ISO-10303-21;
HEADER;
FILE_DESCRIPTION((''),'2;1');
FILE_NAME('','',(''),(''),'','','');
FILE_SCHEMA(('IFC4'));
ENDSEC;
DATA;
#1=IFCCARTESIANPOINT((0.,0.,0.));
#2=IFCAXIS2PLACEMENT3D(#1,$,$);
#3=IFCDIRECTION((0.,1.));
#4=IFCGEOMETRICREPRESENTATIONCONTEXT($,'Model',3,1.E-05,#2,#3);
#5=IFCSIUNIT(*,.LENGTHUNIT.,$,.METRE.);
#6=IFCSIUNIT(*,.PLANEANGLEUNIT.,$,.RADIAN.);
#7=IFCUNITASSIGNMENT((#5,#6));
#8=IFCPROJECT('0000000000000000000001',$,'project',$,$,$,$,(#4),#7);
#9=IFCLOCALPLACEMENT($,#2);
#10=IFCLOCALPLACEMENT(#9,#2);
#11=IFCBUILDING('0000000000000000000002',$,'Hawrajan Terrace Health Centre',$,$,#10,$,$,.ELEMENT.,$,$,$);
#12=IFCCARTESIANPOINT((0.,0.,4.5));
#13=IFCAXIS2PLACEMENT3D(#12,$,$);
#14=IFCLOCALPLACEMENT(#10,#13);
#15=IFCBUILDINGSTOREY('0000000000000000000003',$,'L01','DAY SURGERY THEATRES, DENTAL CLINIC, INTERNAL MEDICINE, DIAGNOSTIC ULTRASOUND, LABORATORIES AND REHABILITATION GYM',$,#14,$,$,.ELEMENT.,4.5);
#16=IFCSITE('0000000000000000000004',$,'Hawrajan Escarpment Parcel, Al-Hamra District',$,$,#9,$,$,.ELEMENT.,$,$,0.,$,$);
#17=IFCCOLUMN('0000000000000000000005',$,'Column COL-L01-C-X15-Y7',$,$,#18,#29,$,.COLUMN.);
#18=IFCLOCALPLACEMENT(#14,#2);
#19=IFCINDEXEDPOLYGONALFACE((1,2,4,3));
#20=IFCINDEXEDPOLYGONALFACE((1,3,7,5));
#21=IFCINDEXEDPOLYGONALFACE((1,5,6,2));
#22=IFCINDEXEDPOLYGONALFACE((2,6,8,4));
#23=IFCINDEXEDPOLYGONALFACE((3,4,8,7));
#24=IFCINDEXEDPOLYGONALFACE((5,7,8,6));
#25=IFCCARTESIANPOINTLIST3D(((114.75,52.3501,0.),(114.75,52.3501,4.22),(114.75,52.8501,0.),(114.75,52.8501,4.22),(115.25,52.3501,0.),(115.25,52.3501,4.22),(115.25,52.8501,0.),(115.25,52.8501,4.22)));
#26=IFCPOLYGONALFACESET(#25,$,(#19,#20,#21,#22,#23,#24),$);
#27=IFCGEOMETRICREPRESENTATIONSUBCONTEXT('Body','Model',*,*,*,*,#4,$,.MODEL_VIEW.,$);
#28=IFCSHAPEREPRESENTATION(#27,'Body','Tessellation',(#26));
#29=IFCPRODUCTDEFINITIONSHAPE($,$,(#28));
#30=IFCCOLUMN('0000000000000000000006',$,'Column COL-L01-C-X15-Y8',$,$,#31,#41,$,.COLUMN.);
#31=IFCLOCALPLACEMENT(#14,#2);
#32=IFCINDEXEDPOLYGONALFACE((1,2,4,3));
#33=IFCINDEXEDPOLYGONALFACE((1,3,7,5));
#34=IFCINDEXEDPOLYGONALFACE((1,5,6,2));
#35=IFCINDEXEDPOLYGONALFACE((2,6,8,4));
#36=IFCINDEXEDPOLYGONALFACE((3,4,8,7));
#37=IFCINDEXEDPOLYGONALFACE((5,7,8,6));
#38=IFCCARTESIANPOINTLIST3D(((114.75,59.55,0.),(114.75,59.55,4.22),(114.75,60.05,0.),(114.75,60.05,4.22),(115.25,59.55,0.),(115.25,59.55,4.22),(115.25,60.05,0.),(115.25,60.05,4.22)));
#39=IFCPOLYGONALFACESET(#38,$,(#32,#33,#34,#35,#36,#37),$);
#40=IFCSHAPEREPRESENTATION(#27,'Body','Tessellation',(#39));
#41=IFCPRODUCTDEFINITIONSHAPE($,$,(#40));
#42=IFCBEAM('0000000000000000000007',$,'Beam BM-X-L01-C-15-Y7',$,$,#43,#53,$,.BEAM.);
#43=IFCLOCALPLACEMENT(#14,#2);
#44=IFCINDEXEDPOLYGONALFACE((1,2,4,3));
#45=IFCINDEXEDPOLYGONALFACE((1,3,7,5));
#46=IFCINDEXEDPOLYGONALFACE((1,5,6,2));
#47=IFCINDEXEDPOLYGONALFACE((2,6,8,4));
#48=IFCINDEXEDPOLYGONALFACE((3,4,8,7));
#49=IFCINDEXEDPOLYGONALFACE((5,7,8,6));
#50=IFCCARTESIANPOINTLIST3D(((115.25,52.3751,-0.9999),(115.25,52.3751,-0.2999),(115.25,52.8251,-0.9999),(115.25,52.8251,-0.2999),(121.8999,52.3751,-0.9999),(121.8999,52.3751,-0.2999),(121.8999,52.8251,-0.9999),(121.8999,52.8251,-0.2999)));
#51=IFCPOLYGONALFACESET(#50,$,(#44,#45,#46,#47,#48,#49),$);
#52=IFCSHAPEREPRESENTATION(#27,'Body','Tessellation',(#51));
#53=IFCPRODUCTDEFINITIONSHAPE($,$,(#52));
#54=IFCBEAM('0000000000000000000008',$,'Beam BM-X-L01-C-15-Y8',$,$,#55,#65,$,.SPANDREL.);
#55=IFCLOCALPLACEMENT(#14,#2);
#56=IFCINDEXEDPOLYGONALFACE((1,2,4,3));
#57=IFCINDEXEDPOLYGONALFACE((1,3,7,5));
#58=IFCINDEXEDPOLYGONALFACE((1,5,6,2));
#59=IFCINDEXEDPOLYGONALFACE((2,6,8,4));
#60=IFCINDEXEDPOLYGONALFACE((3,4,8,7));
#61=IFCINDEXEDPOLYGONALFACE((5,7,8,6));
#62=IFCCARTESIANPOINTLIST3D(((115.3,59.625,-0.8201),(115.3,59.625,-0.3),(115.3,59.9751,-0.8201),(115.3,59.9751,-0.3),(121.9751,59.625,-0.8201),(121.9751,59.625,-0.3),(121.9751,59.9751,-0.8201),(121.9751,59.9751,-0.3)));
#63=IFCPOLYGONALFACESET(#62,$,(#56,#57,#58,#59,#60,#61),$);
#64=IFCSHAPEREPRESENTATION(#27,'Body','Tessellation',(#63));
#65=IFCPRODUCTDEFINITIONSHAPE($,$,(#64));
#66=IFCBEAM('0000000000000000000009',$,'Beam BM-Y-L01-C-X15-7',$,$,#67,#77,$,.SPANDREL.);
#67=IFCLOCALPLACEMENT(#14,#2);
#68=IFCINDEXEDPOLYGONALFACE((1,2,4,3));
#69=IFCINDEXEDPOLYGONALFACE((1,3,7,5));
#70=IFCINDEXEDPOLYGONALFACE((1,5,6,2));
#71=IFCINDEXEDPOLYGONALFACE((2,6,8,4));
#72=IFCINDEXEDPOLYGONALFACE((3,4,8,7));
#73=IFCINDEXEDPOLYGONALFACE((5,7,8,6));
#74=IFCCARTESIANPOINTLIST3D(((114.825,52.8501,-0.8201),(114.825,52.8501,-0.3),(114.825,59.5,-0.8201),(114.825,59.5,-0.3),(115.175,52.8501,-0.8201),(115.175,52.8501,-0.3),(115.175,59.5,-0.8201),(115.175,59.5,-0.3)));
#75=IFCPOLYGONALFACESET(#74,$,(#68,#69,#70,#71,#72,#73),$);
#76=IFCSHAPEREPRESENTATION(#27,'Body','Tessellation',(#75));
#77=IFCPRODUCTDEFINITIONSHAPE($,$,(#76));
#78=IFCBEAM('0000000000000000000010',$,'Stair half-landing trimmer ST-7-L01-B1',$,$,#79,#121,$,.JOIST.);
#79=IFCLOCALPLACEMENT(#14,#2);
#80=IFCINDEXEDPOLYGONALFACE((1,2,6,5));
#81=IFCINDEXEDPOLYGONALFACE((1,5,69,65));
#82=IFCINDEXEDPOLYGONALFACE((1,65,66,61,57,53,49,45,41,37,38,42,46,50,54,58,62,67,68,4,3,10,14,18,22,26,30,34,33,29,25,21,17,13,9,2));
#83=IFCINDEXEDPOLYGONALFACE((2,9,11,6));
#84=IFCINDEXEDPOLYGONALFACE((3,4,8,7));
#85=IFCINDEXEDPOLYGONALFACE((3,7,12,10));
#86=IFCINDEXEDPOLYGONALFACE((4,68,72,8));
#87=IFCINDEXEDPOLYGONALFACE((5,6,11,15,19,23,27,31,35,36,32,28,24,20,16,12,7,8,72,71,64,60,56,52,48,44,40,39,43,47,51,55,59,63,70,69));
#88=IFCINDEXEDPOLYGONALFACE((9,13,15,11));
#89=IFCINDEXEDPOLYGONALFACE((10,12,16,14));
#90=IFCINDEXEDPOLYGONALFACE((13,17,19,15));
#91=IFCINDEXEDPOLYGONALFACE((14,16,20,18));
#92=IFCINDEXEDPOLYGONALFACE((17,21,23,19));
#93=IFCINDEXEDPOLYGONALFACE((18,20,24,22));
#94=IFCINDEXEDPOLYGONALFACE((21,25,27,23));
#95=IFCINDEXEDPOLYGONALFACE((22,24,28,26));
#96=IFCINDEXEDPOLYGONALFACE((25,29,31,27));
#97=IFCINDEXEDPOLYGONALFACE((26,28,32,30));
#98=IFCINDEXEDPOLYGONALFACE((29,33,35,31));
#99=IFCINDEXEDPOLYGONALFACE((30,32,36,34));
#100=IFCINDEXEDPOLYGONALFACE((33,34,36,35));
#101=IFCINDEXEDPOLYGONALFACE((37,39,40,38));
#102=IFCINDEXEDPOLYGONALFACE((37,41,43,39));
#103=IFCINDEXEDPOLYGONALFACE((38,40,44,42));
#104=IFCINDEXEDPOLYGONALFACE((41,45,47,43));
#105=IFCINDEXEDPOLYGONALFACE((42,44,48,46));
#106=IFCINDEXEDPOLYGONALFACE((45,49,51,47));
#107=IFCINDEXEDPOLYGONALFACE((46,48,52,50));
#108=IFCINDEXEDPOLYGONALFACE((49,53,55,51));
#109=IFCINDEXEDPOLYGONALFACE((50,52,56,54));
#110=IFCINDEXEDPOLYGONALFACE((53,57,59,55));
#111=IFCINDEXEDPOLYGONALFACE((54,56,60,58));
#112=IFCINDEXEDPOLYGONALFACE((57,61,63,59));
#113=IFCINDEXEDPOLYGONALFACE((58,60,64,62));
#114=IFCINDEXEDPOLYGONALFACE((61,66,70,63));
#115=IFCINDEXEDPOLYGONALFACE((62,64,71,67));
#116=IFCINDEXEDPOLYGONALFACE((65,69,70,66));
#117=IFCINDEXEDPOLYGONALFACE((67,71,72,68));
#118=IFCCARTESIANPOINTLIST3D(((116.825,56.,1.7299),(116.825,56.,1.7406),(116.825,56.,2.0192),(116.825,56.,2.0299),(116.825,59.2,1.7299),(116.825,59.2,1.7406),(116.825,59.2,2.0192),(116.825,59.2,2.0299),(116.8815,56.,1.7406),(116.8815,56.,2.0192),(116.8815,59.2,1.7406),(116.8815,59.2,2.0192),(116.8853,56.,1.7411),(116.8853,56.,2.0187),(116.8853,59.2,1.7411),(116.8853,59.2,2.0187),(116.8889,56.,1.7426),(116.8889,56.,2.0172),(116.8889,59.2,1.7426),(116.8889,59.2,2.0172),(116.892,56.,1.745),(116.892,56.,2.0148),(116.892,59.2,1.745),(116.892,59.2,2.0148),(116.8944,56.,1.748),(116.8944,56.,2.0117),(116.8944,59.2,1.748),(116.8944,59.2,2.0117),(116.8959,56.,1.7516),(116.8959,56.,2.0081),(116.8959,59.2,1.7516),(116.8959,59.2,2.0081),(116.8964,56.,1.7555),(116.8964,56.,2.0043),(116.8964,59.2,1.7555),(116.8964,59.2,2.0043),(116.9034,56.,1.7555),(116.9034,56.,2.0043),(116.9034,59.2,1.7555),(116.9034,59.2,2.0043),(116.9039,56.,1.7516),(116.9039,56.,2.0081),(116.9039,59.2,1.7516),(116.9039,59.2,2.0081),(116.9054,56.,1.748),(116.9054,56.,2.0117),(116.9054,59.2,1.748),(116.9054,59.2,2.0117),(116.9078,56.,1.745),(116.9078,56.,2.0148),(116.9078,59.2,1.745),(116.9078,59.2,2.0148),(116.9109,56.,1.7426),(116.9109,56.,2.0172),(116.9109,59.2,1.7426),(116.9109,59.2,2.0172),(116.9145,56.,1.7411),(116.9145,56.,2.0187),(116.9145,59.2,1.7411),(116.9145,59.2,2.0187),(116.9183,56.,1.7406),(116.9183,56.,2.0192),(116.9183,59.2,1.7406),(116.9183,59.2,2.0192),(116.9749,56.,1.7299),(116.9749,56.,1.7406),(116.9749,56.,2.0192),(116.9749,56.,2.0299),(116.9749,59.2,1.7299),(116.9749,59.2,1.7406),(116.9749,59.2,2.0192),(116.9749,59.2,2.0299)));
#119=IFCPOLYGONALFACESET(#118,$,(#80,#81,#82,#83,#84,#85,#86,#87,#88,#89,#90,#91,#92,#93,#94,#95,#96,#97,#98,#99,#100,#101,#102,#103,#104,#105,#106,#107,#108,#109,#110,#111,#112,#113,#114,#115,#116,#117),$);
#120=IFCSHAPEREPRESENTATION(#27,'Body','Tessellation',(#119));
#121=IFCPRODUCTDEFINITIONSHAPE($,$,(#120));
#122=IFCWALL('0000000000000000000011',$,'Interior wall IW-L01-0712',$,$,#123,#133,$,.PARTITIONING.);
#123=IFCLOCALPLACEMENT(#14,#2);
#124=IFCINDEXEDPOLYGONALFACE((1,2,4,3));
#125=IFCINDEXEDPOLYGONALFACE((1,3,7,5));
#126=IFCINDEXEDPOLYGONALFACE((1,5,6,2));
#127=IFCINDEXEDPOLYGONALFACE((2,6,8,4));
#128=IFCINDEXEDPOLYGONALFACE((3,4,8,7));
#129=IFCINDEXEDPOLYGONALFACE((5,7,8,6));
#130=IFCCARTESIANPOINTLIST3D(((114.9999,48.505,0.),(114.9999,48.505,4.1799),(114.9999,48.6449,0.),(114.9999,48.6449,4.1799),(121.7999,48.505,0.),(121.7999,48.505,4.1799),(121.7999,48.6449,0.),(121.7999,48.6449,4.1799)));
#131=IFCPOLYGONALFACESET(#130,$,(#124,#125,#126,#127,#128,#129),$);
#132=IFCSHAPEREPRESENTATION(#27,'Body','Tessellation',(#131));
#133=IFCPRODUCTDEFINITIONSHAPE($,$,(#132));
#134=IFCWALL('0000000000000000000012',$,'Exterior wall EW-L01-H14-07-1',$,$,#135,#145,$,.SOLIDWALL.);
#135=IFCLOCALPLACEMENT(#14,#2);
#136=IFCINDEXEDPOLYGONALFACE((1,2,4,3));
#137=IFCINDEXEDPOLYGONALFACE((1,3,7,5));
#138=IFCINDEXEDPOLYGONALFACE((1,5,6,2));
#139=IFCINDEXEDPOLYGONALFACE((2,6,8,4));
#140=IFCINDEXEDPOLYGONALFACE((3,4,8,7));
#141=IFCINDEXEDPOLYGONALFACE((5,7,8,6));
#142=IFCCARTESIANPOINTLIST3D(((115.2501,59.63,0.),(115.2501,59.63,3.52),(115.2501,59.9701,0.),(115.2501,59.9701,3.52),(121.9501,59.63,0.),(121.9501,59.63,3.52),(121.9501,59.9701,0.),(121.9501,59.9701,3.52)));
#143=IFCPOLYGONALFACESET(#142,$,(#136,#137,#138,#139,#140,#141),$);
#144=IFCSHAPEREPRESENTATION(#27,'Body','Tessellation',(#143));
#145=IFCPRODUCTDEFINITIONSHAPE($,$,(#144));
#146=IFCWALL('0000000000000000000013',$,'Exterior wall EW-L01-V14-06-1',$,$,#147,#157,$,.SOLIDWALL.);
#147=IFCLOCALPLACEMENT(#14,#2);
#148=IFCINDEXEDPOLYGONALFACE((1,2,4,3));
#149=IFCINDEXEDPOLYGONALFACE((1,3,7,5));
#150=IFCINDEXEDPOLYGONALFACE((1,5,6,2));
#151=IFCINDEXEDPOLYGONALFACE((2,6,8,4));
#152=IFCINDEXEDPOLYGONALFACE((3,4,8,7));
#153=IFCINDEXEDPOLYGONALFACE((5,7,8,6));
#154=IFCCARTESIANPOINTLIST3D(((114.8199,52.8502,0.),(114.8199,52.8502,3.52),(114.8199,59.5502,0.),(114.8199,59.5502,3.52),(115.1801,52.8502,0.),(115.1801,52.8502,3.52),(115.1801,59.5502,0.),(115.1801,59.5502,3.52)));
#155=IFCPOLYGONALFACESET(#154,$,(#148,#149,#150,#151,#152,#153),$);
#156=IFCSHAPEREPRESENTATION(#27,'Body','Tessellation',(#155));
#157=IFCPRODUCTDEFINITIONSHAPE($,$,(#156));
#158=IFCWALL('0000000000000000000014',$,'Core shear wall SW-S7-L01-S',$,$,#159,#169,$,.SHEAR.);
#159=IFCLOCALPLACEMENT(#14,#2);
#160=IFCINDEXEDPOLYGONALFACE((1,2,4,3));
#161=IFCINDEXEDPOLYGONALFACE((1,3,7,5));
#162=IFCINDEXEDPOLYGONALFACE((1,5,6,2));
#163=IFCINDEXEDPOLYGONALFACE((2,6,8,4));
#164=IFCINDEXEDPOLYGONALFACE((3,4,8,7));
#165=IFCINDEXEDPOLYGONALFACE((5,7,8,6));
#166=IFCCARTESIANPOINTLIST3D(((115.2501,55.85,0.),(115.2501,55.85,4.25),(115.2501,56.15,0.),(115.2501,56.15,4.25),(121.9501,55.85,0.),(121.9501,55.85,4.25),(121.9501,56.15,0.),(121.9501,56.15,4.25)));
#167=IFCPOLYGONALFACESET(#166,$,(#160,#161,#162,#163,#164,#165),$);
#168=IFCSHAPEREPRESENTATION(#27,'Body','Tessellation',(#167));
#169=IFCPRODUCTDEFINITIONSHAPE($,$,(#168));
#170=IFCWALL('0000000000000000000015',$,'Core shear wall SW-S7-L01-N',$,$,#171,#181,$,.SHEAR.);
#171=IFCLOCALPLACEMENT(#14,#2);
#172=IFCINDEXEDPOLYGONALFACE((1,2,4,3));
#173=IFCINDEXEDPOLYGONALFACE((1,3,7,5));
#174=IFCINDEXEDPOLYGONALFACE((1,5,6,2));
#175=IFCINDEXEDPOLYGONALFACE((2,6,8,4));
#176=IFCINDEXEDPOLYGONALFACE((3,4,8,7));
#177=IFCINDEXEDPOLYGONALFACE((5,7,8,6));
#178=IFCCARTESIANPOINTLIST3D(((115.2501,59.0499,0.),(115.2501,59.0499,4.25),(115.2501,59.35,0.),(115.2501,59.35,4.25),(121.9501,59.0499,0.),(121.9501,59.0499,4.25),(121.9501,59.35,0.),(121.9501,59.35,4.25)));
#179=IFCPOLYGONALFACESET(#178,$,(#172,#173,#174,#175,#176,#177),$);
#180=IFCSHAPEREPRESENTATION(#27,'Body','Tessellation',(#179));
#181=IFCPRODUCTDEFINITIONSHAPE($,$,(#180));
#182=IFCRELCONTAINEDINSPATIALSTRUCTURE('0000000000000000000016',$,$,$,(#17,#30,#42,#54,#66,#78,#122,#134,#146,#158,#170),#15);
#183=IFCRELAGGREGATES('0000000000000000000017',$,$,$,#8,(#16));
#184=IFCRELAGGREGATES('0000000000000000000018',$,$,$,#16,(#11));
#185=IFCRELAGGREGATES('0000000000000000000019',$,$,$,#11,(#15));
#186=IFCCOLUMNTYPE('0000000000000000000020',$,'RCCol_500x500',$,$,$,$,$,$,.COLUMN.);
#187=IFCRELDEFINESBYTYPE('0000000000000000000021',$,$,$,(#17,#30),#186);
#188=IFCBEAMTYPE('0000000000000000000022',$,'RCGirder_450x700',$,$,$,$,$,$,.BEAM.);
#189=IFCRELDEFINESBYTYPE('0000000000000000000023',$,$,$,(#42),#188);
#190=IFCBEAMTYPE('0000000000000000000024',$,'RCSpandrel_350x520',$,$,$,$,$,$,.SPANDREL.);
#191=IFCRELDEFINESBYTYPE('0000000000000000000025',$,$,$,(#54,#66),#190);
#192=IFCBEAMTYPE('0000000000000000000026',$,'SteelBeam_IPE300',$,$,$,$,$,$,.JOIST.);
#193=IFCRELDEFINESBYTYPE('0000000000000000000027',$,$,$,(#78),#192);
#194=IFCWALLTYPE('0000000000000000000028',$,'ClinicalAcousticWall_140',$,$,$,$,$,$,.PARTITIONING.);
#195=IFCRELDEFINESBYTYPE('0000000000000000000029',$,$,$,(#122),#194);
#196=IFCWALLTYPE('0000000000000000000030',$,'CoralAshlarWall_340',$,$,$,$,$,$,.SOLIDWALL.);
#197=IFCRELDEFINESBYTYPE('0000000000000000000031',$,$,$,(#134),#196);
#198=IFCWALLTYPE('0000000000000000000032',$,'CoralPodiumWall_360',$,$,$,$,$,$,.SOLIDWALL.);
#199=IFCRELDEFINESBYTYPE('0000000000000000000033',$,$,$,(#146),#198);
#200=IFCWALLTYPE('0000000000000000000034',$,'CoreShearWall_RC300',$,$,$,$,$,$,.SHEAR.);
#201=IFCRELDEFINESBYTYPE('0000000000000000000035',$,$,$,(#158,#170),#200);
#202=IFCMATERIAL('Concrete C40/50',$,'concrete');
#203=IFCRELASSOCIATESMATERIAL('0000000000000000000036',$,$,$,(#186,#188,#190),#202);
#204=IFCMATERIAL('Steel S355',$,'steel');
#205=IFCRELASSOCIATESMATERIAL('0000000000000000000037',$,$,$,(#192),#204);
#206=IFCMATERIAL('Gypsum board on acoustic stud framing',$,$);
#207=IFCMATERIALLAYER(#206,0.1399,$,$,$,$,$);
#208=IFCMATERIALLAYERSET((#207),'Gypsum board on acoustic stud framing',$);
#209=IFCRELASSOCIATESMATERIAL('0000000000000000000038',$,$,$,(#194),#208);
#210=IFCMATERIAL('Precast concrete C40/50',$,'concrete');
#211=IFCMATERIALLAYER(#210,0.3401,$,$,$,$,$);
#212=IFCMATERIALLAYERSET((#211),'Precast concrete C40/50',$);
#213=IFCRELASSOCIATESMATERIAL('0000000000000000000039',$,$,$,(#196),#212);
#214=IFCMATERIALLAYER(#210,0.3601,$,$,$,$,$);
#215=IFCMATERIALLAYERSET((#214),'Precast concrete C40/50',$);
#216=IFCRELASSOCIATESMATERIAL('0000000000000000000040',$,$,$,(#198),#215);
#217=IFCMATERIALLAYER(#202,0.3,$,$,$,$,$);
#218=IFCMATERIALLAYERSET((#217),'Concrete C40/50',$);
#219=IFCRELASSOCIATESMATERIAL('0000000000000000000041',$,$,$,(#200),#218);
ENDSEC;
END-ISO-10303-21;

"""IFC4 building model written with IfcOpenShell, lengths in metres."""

from ifc_helpers import new_model, si_unit, direction, frame, frame_2d, origin, origin_2d, place, context, subcontext, project, spatial, rectangle, i_section, extrude, material, layer, layer_set, material_profile, profile_set, type_object, element, save


model = new_model("IFC4")

# Units and contexts
model_context = context("Model", 3, precision=1e-05, world=origin(), true_north=direction((0.0, 1.0)))
body_context = subcontext(model_context, "Body", "Model", "MODEL_VIEW")
ifc_project = project(units=[si_unit("LENGTHUNIT", "METRE"), si_unit("PLANEANGLEUNIT", "RADIAN")], contexts=[model_context])

# Site, building, storey
site_placement = place(None, origin())
site = spatial("IfcSite", under=ifc_project, at=site_placement, Name="Hawrajan Escarpment Parcel, Al-Hamra District", CompositionType="ELEMENT", RefElevation=0.0)
building_placement = place(site_placement, origin())
building = spatial("IfcBuilding", under=site, at=building_placement, Name="Hawrajan Terrace Health Centre", CompositionType="ELEMENT")
storey_placement = place(building_placement, frame((0.0, 0.0, 4.5)))
storey = spatial("IfcBuildingStorey", under=building, at=storey_placement, Name="L01", Description="DAY SURGERY THEATRES, DENTAL CLINIC, INTERNAL MEDICINE, DIAGNOSTIC ULTRASOUND, LABORATORIES AND REHABILITATION GYM", CompositionType="ELEMENT", Elevation=4.5)

# Columns
ifc_material_1 = material(Name="Concrete C40/50", Category="concrete")
ifc_material_profile_1 = material_profile(ifc_material_1, rectangle(XDim=0.5, YDim=0.5, at=origin_2d()), Name="RC 500x500")
ifc_profile_set_1 = profile_set([ifc_material_profile_1], Name="Concrete C40/50")
column_type = type_object("IfcColumnType", Name="RCCol_500x500", PredefinedType="COLUMN", material=ifc_profile_set_1)
for number, where, z_axis, x_axis, name in (
    (1, (115.0, 52.6001, 0.0), (0.0, 0.0, 1.0), (1.0, 0.0, 0.0), "Column COL-L01-C-X15-Y7"),
    (2, (115.0, 59.8, 0.0), (0.0, 0.0, 1.0), (1.0, 0.0, 0.0), "Column COL-L01-C-X15-Y8"),
):
    element("IfcColumn", number, at=place(storey_placement, frame(where, z_axis=z_axis, x_axis=x_axis)), inside=storey, type_object=column_type, Name=name, PredefinedType="COLUMN", context=body_context, shape_type="SweptSolid", body=[
        extrude(rectangle(XDim=0.5, YDim=0.5, at=origin_2d()), origin(), (0.0, 0.0, 1.0), 4.22),
    ])

# Beams
ifc_material_profile_2 = material_profile(ifc_material_1, rectangle(XDim=0.45, YDim=0.7, at=origin_2d()), Name="RC BM 450x700")
ifc_profile_set_2 = profile_set([ifc_material_profile_2], Name="Concrete C40/50")
beam_type_1 = type_object("IfcBeamType", Name="RCGirder_450x700", PredefinedType="BEAM", material=ifc_profile_set_2)
beam_1_placement = place(storey_placement, frame((115.25, 52.6001, -0.6499), z_axis=(1.0, 0.0, 0.0), x_axis=(0.0, 1.0, 0.0)))
element("IfcBeam", 3, at=beam_1_placement, inside=storey, type_object=beam_type_1, Name="Beam BM-X-L01-C-15-Y7", PredefinedType="BEAM", context=body_context, shape_type="SweptSolid", body=[
    extrude(rectangle(XDim=0.45, YDim=0.7, at=origin_2d()), origin(), (0.0, 0.0, 1.0), 6.6499),
])
ifc_material_profile_3 = material_profile(ifc_material_1, rectangle(XDim=0.3501, YDim=0.52, at=origin_2d()), Name="RC SP 350x520")
ifc_profile_set_3 = profile_set([ifc_material_profile_3], Name="Concrete C40/50")
beam_type_2 = type_object("IfcBeamType", Name="RCSpandrel_350x520", PredefinedType="SPANDREL", material=ifc_profile_set_3)
beam_2_placement = place(storey_placement, frame((115.3, 59.8, -0.5601), z_axis=(1.0, 0.0, 0.0), x_axis=(0.0, 1.0, 0.0)))
element("IfcBeam", 4, at=beam_2_placement, inside=storey, type_object=beam_type_2, Name="Beam BM-X-L01-C-15-Y8", PredefinedType="SPANDREL", context=body_context, shape_type="SweptSolid", body=[
    extrude(rectangle(XDim=0.3501, YDim=0.52, at=origin_2d()), origin(), (0.0, 0.0, 1.0), 6.675),
])
beam_3_placement = place(storey_placement, frame((115.0, 52.8501, -0.5601), z_axis=(0.0, 1.0, 0.0), x_axis=(-1.0, 0.0, 0.0)))
element("IfcBeam", 5, at=beam_3_placement, inside=storey, type_object=beam_type_2, Name="Beam BM-Y-L01-C-X15-7", PredefinedType="SPANDREL", context=body_context, shape_type="SweptSolid", body=[
    extrude(rectangle(XDim=0.3501, YDim=0.52, at=origin_2d()), origin(), (0.0, 0.0, 1.0), 6.6499),
])
ifc_material_2 = material(Name="Steel S355", Category="steel")
ifc_material_profile_4 = material_profile(ifc_material_2, i_section(OverallWidth=0.1499, OverallDepth=0.3, WebThickness=0.0071, FlangeThickness=0.0107, FilletRadius=0.0149, at=origin_2d()), Name="IPE 300")
ifc_profile_set_4 = profile_set([ifc_material_profile_4], Name="Steel S355")
beam_type_3 = type_object("IfcBeamType", Name="SteelBeam_IPE300", PredefinedType="JOIST", material=ifc_profile_set_4)
beam_4_placement = place(storey_placement, frame((116.8999, 56.0, 1.8799), z_axis=(0.0, 1.0, 0.0), x_axis=(-1.0, 0.0, 0.0)))
element("IfcBeam", 6, at=beam_4_placement, inside=storey, type_object=beam_type_3, Name="Stair half-landing trimmer ST-7-L01-B1", PredefinedType="JOIST", context=body_context, shape_type="SweptSolid", body=[
    extrude(i_section(OverallWidth=0.1499, OverallDepth=0.3, WebThickness=0.0071, FlangeThickness=0.0107, FilletRadius=0.0149, at=origin_2d()), origin(), (0.0, 0.0, 1.0), 3.2),
])

# Walls
ifc_material_3 = material(Name="Gypsum board on acoustic stud framing")
ifc_layer_1 = layer(ifc_material_3, 0.1399)
ifc_layer_set_1 = layer_set([ifc_layer_1], Name="Gypsum board on acoustic stud framing")
wall_type_1 = type_object("IfcWallType", Name="ClinicalAcousticWall_140", PredefinedType="PARTITIONING", material=ifc_layer_set_1)
wall_1_placement = place(storey_placement, frame((115.0, 48.575, 0.0), z_axis=(0.0, 0.0, 1.0), x_axis=(1.0, 0.0, 0.0)))
element("IfcWall", 7, at=wall_1_placement, inside=storey, type_object=wall_type_1, Name="Interior wall IW-L01-0712", PredefinedType="PARTITIONING", context=body_context, shape_type="SweptSolid", body=[
    extrude(rectangle(XDim=6.8, YDim=0.1399, at=frame_2d((3.3999, 0.0))), origin(), (0.0, 0.0, 1.0), 4.1799),
])
ifc_material_4 = material(Name="Precast concrete C40/50", Category="concrete")
ifc_layer_2 = layer(ifc_material_4, 0.3401)
ifc_layer_set_2 = layer_set([ifc_layer_2], Name="Precast concrete C40/50")
wall_type_2 = type_object("IfcWallType", Name="CoralAshlarWall_340", PredefinedType="SOLIDWALL", material=ifc_layer_set_2)
wall_2_placement = place(storey_placement, frame((115.25, 59.8, 0.0), z_axis=(0.0, 0.0, 1.0), x_axis=(1.0, 0.0, 0.0)))
element("IfcWall", 8, at=wall_2_placement, inside=storey, type_object=wall_type_2, Name="Exterior wall EW-L01-H14-07-1", PredefinedType="SOLIDWALL", context=body_context, shape_type="SweptSolid", body=[
    extrude(rectangle(XDim=6.7, YDim=0.3401, at=frame_2d((3.3501, 0.0))), origin(), (0.0, 0.0, 1.0), 3.52),
])
ifc_layer_3 = layer(ifc_material_4, 0.3601)
ifc_layer_set_3 = layer_set([ifc_layer_3], Name="Precast concrete C40/50")
wall_type_3 = type_object("IfcWallType", Name="CoralPodiumWall_360", PredefinedType="SOLIDWALL", material=ifc_layer_set_3)
wall_3_placement = place(storey_placement, frame((115.0, 52.8501, 0.0), z_axis=(0.0, 0.0, 1.0), x_axis=(0.0, 1.0, 0.0)))
element("IfcWall", 9, at=wall_3_placement, inside=storey, type_object=wall_type_3, Name="Exterior wall EW-L01-V14-06-1", PredefinedType="SOLIDWALL", context=body_context, shape_type="SweptSolid", body=[
    extrude(rectangle(XDim=6.7, YDim=0.3601, at=frame_2d((3.3501, 0.0))), origin(), (0.0, 0.0, 1.0), 3.52),
])
ifc_layer_4 = layer(ifc_material_1, 0.3)
ifc_layer_set_4 = layer_set([ifc_layer_4], Name="Concrete C40/50")
wall_type_4 = type_object("IfcWallType", Name="CoreShearWall_RC300", PredefinedType="SHEAR", material=ifc_layer_set_4)
for number, where, z_axis, x_axis, name in (
    (10, (115.25, 56.0, 0.0), (0.0, 0.0, 1.0), (1.0, 0.0, 0.0), "Core shear wall SW-S7-L01-S"),
    (11, (115.25, 59.2, 0.0), (0.0, 0.0, 1.0), (1.0, 0.0, 0.0), "Core shear wall SW-S7-L01-N"),
):
    element("IfcWall", number, at=place(storey_placement, frame(where, z_axis=z_axis, x_axis=x_axis)), inside=storey, type_object=wall_type_4, Name=name, PredefinedType="SHEAR", context=body_context, shape_type="SweptSolid", body=[
        extrude(rectangle(XDim=6.7, YDim=0.3, at=frame_2d((3.3501, 0.0))), origin(), (0.0, 0.0, 1.0), 4.25),
    ])

save(model, "model.ifc")
